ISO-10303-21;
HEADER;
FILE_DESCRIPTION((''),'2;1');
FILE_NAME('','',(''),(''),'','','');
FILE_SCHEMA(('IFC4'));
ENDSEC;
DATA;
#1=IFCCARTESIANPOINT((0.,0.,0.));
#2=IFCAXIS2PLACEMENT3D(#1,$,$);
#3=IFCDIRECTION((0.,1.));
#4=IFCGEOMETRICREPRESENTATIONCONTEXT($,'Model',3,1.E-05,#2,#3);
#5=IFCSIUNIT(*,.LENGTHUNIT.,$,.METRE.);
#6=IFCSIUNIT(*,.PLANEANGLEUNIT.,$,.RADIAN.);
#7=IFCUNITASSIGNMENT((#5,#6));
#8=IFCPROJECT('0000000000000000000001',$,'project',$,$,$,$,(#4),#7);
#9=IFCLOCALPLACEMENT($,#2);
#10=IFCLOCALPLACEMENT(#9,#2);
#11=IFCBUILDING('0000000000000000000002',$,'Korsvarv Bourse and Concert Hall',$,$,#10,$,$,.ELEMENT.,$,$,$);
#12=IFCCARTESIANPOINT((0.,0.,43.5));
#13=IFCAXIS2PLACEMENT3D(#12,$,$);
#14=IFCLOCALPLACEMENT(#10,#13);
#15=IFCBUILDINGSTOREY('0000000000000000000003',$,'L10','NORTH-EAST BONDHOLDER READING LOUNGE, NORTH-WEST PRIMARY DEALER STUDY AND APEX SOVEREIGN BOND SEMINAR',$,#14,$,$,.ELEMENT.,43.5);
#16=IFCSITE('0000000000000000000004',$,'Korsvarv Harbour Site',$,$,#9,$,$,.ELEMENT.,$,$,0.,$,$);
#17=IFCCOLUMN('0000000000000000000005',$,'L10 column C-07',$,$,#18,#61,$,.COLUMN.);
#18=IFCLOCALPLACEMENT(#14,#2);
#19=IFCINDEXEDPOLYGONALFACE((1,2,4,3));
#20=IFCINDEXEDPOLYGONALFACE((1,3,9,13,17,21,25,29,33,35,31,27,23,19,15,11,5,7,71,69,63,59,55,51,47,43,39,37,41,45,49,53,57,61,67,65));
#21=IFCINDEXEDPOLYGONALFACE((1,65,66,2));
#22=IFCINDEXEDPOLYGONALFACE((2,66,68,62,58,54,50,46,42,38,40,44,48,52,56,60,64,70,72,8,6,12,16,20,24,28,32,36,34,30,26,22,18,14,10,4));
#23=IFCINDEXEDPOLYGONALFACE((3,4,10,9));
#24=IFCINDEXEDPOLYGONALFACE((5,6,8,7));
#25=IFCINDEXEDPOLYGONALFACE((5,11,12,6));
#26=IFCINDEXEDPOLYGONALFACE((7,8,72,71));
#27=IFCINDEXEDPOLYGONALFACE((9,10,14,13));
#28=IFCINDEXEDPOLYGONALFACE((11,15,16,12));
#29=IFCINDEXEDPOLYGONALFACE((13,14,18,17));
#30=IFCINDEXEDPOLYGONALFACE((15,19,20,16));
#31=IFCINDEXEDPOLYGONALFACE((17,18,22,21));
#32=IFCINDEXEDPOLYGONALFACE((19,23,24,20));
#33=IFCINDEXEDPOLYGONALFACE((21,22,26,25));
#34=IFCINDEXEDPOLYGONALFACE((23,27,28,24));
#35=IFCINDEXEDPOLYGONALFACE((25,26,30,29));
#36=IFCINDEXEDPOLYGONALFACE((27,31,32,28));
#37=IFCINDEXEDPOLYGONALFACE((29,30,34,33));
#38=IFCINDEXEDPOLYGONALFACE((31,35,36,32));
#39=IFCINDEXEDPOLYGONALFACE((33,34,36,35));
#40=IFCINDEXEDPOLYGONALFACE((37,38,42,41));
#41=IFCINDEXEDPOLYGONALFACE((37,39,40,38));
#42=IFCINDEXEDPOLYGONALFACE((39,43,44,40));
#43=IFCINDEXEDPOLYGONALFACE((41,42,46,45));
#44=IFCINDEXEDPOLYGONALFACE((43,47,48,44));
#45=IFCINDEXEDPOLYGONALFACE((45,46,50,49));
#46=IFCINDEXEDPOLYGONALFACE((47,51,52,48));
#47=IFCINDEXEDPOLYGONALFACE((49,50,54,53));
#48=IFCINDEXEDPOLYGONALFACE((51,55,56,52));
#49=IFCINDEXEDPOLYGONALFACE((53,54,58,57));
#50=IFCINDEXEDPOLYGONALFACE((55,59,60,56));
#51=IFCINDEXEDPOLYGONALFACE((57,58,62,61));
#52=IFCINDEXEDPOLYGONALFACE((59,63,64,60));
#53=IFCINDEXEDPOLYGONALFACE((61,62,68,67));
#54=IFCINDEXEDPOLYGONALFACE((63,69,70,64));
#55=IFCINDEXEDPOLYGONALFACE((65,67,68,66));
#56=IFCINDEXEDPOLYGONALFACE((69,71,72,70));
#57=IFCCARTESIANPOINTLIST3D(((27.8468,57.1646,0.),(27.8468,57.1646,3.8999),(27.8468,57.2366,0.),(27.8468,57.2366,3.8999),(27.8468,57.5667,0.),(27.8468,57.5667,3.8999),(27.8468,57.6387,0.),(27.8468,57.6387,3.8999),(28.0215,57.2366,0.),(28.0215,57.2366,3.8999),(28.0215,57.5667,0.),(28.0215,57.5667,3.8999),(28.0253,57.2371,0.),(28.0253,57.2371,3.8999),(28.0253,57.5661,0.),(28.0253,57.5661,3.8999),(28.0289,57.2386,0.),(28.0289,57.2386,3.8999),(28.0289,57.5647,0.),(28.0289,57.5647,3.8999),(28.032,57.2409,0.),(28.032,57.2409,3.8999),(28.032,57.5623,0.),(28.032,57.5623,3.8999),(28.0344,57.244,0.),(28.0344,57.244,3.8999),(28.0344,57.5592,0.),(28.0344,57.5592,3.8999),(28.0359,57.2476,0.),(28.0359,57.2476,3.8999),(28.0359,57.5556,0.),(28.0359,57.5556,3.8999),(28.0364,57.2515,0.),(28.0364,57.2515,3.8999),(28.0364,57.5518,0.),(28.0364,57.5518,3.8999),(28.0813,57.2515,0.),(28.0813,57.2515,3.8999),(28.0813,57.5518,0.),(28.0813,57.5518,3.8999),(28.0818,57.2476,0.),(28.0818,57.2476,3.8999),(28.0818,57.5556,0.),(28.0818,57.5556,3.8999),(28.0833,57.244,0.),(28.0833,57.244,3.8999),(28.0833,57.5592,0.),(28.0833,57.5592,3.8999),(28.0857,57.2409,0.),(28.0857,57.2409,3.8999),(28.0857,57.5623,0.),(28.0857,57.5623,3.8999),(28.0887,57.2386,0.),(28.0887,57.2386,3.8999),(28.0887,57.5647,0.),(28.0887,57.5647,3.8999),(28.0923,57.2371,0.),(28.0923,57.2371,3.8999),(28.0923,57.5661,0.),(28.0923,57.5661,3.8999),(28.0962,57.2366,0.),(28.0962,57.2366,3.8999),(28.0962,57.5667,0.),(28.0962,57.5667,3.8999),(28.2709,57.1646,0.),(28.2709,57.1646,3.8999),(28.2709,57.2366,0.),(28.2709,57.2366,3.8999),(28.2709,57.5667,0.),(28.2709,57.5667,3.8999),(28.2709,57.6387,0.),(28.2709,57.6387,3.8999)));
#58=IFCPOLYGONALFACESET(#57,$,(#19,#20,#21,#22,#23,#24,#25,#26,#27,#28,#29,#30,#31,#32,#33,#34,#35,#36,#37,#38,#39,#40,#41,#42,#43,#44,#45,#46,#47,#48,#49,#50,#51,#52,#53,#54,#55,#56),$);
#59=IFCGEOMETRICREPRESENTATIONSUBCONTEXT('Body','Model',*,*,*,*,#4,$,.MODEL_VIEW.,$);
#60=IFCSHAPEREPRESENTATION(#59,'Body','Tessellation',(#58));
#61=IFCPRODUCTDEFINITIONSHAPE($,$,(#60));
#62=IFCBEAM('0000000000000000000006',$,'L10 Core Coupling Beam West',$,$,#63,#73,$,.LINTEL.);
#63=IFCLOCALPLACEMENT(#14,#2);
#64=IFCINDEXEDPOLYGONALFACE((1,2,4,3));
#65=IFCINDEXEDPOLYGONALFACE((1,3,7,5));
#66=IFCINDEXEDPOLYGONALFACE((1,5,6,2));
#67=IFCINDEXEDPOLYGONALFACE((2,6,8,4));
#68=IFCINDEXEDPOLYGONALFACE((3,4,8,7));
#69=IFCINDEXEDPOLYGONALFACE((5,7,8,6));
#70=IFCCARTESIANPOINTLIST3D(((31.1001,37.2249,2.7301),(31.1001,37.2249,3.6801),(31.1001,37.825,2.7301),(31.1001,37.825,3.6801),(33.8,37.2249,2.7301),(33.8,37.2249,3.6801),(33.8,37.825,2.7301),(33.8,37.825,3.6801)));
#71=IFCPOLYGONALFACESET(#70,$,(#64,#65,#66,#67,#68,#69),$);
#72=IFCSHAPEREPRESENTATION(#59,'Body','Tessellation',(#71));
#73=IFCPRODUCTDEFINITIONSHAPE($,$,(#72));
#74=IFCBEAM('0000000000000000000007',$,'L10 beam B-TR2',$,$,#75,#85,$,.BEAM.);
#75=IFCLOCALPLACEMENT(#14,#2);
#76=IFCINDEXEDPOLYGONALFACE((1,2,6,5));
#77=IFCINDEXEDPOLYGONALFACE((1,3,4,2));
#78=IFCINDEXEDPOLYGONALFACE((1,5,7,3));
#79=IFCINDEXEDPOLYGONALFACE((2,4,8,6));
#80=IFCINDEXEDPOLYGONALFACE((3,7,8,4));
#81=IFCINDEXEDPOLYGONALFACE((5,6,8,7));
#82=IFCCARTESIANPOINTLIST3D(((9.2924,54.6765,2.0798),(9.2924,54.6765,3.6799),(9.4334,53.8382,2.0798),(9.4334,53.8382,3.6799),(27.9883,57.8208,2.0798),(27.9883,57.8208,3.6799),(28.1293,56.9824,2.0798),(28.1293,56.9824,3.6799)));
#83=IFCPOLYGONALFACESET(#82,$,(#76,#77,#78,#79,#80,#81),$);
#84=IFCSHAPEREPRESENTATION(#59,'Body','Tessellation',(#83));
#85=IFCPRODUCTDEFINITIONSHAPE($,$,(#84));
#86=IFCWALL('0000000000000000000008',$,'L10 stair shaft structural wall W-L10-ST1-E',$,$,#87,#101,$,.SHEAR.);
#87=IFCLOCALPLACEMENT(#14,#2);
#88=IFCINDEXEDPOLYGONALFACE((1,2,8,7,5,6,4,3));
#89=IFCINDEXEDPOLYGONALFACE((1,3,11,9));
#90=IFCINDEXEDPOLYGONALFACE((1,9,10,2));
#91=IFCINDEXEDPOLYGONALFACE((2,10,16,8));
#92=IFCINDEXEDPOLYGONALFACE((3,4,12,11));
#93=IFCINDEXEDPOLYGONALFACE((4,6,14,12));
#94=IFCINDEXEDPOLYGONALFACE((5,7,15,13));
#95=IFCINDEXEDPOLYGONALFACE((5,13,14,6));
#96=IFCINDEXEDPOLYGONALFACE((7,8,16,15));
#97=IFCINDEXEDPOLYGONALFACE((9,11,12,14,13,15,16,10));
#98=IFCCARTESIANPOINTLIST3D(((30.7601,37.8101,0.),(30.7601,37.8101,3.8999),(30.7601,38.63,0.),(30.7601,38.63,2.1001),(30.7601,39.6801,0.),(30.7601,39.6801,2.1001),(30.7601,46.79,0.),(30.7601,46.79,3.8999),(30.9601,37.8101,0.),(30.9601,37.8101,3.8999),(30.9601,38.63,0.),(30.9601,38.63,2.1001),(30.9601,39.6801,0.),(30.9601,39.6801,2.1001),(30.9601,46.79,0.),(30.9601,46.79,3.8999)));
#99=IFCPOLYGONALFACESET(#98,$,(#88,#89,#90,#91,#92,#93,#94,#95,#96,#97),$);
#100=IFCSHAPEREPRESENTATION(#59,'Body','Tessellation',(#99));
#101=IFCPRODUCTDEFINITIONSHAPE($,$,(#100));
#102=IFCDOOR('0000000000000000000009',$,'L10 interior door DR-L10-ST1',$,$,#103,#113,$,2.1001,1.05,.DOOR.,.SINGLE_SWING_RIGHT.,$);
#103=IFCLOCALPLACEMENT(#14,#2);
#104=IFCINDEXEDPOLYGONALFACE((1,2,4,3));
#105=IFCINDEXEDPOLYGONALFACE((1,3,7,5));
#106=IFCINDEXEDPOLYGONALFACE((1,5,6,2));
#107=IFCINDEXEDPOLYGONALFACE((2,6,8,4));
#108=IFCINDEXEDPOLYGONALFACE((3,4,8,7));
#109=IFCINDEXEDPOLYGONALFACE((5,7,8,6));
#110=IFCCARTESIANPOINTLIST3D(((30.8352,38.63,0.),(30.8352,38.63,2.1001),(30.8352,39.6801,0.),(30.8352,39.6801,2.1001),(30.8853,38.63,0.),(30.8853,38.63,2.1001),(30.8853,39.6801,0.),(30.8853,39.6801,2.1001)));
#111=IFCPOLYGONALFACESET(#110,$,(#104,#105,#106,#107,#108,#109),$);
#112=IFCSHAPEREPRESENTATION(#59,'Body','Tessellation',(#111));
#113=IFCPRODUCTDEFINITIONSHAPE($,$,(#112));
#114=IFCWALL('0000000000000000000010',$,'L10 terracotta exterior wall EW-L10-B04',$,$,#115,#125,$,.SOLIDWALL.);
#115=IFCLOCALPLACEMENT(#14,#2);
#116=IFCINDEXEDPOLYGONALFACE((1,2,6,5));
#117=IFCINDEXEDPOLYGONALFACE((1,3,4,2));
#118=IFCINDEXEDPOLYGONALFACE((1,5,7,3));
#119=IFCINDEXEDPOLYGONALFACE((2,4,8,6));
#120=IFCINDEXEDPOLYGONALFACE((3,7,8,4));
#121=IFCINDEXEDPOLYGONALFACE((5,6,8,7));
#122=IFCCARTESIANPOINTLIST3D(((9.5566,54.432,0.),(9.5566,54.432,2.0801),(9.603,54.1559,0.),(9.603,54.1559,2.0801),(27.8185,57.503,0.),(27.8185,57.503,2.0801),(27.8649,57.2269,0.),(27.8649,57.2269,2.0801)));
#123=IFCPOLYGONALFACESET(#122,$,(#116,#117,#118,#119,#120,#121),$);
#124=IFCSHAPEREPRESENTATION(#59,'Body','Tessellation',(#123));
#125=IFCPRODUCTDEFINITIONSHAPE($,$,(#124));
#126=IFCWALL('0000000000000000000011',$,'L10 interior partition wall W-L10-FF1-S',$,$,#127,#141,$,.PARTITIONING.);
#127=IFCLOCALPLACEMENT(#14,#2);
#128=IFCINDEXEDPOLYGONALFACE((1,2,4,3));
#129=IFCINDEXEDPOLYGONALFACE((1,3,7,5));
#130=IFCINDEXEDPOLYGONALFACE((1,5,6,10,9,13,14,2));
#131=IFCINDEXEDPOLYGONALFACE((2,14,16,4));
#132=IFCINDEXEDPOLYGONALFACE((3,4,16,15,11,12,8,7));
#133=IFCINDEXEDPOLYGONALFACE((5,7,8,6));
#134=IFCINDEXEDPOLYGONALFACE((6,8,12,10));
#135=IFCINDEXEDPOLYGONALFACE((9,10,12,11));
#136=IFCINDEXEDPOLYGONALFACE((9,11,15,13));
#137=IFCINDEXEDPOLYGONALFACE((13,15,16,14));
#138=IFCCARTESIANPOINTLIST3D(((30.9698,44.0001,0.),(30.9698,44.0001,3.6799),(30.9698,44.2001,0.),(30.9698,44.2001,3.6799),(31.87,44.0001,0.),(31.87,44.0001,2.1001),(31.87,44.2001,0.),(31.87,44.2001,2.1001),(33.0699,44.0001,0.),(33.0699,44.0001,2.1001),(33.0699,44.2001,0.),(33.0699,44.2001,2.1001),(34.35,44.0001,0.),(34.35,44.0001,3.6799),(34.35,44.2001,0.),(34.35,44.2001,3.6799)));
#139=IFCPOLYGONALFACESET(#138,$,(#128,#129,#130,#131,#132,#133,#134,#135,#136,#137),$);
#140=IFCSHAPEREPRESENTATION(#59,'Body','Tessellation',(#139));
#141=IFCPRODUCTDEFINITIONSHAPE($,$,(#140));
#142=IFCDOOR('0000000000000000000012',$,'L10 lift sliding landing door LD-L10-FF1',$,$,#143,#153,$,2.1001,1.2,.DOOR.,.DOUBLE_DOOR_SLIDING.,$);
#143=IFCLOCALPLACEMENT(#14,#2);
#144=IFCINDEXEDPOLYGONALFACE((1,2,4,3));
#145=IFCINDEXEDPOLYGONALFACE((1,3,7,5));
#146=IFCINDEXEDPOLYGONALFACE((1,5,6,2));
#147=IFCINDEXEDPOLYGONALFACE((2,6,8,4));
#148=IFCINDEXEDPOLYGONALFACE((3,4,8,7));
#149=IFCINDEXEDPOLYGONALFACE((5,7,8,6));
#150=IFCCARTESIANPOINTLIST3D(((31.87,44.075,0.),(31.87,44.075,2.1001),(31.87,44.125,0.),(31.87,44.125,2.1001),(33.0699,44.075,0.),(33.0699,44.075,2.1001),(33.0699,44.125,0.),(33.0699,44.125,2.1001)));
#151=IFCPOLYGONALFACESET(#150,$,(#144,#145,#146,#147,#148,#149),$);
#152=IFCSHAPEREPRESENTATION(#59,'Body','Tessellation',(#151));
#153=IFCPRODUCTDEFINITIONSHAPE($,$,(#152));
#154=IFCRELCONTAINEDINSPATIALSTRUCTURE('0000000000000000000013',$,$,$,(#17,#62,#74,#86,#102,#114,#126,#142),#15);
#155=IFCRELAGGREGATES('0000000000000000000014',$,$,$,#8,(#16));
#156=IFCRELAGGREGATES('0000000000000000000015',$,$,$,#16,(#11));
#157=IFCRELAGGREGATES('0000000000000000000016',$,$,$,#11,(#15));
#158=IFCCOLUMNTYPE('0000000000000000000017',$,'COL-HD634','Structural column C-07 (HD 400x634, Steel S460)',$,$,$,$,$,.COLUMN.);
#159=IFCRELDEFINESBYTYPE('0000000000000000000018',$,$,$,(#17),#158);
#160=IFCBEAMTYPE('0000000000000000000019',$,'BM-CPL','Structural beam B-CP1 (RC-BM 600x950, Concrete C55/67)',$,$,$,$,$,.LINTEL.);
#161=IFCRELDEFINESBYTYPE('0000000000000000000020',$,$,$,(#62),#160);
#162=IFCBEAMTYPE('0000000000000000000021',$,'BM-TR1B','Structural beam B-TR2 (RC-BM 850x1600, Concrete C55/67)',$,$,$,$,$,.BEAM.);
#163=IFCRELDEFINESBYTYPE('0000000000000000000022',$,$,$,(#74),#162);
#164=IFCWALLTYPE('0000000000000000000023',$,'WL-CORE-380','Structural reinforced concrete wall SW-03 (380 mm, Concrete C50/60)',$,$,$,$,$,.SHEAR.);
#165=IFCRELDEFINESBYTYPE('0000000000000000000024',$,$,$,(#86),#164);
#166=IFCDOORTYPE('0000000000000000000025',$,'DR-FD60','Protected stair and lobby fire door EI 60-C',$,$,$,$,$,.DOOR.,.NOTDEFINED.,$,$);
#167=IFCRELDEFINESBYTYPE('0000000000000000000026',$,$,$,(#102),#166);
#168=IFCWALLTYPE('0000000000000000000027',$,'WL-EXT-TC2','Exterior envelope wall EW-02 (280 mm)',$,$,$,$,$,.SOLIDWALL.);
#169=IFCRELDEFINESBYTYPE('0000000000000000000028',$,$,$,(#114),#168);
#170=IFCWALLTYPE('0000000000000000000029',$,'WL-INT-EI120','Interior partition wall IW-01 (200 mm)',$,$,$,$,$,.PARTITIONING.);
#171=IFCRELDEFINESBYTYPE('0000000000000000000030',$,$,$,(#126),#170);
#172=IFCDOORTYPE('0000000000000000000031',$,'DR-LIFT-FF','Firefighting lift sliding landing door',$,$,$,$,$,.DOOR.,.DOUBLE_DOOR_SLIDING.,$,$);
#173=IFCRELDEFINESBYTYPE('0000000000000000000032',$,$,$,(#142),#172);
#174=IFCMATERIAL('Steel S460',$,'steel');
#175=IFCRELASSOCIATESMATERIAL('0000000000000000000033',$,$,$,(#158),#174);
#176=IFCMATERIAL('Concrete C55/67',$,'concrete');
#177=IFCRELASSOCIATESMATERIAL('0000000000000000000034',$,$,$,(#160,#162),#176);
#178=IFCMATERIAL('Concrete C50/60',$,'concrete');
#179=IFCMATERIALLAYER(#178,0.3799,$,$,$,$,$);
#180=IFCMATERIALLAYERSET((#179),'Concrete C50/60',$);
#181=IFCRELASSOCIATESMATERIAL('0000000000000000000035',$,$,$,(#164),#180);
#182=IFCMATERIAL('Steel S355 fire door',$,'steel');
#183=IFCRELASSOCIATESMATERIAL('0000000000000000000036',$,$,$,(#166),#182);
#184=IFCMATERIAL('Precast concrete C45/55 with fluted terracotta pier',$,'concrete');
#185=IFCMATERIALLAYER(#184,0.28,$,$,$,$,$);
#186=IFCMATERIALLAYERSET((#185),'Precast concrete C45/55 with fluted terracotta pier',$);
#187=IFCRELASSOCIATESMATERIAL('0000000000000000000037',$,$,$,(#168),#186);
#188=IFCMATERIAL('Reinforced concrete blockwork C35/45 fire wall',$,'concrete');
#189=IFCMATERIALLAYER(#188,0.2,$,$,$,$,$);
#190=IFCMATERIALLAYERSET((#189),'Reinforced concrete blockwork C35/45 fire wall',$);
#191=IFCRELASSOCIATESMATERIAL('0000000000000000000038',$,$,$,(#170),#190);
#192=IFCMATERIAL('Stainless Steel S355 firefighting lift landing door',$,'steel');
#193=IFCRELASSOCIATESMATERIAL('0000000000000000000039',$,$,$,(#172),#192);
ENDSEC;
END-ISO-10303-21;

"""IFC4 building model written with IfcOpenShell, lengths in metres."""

from ifc_helpers import new_model, si_unit, direction, frame, frame_2d, origin, origin_2d, place, context, subcontext, project, spatial, rectangle, i_section, extrude, source, transform, mapped, material, layer, layer_set, material_profile, profile_set, type_object, element, fill, save


model = new_model("IFC4")

# Units and contexts
model_context = context("Model", 3, precision=1e-05, world=origin(), true_north=direction((0.0, 1.0)))
body_context = subcontext(model_context, "Body", "Model", "MODEL_VIEW")
ifc_project = project(units=[si_unit("LENGTHUNIT", "METRE"), si_unit("PLANEANGLEUNIT", "RADIAN")], contexts=[model_context])

# Site, building, storey
site_placement = place(None, origin())
site = spatial("IfcSite", under=ifc_project, at=site_placement, Name="Korsvarv Harbour Site", CompositionType="ELEMENT", RefElevation=0.0)
building_placement = place(site_placement, origin())
building = spatial("IfcBuilding", under=site, at=building_placement, Name="Korsvarv Bourse and Concert Hall", CompositionType="ELEMENT")
storey_placement = place(building_placement, frame((0.0, 0.0, 43.5)))
storey = spatial("IfcBuildingStorey", under=building, at=storey_placement, Name="L10", Description="NORTH-EAST BONDHOLDER READING LOUNGE, NORTH-WEST PRIMARY DEALER STUDY AND APEX SOVEREIGN BOND SEMINAR", CompositionType="ELEMENT", Elevation=43.5)

# Column
ifc_material_1 = material(Name="Steel S460", Category="steel")
ifc_material_profile_1 = material_profile(ifc_material_1, i_section(OverallWidth=0.4241, OverallDepth=0.4741, WebThickness=0.0449, FlangeThickness=0.072, FilletRadius=0.0149, at=origin_2d()), Name="HD 400x634")
ifc_profile_set_1 = profile_set([ifc_material_profile_1], Name="Steel S460")
column_type = type_object("IfcColumnType", Name="COL-HD634", Description="Structural column C-07 (HD 400x634, Steel S460)", PredefinedType="COLUMN", material=ifc_profile_set_1)
shared_shape_1 = source(origin(), body_context, "Body", "SweptSolid", [
    extrude(i_section(OverallWidth=0.4241, OverallDepth=0.4741, WebThickness=0.0449, FlangeThickness=0.072, FilletRadius=0.0149, at=origin_2d()), origin(), (0.0, 0.0, 1.0), 3.8999),
])
column_placement = place(storey_placement, frame((28.0588, 57.4016, 0.0), z_axis=(0.0, 0.0, 1.0), x_axis=(1.0, 0.0, 0.0)))
element("IfcColumn", 1, at=column_placement, inside=storey, type_object=column_type, Name="L10 column C-07", PredefinedType="COLUMN", context=body_context, shape_type="MappedRepresentation", body=[
    mapped(shared_shape_1, transform((0.0, 0.0, 0.0), scale=1.0)),
])

# Beams
ifc_material_2 = material(Name="Concrete C55/67", Category="concrete")
ifc_material_profile_2 = material_profile(ifc_material_2, rectangle(XDim=0.6001, YDim=0.95, at=origin_2d()), Name="RC-BM 600x950")
ifc_profile_set_2 = profile_set([ifc_material_profile_2], Name="Concrete C55/67")
beam_type_1 = type_object("IfcBeamType", Name="BM-CPL", Description="Structural beam B-CP1 (RC-BM 600x950, Concrete C55/67)", PredefinedType="LINTEL", material=ifc_profile_set_2)
shared_shape_2 = source(origin(), body_context, "Body", "SweptSolid", [
    extrude(rectangle(XDim=0.6001, YDim=0.95, at=origin_2d()), origin(), (0.0, 0.0, 1.0), 2.7),
])
beam_1_placement = place(storey_placement, frame((31.1001, 37.5249, 3.2051), z_axis=(1.0, 0.0, 0.0), x_axis=(0.0, 1.0, 0.0)))
element("IfcBeam", 2, at=beam_1_placement, inside=storey, type_object=beam_type_1, Name="L10 Core Coupling Beam West", PredefinedType="LINTEL", context=body_context, shape_type="MappedRepresentation", body=[
    mapped(shared_shape_2, transform((0.0, 0.0, 0.0), scale=1.0)),
])
ifc_material_profile_3 = material_profile(ifc_material_2, rectangle(XDim=0.8501, YDim=1.6001, at=origin_2d()), Name="RC-BM 850x1600")
ifc_profile_set_3 = profile_set([ifc_material_profile_3], Name="Concrete C55/67")
beam_type_2 = type_object("IfcBeamType", Name="BM-TR1B", Description="Structural beam B-TR2 (RC-BM 850x1600, Concrete C55/67)", PredefinedType="BEAM", material=ifc_profile_set_3)
shared_shape_3 = source(origin(), body_context, "Body", "SweptSolid", [
    extrude(rectangle(XDim=0.8501, YDim=1.6001, at=origin_2d()), origin(), (0.0, 0.0, 1.0), 18.9585),
])
beam_2_placement = place(storey_placement, frame((28.0588, 57.4016, 2.8799), z_axis=(-0.986151, -0.16585, 0.0), x_axis=(0.16585, -0.986151, 0.0)))
element("IfcBeam", 3, at=beam_2_placement, inside=storey, type_object=beam_type_2, Name="L10 beam B-TR2", PredefinedType="BEAM", context=body_context, shape_type="MappedRepresentation", body=[
    mapped(shared_shape_3, transform((0.0, 0.0, 0.0), scale=1.0)),
])

# Wall, opening, door
ifc_material_3 = material(Name="Concrete C50/60", Category="concrete")
ifc_layer_1 = layer(ifc_material_3, 0.3799)
ifc_layer_set_1 = layer_set([ifc_layer_1], Name="Concrete C50/60")
wall_type_1 = type_object("IfcWallType", Name="WL-CORE-380", Description="Structural reinforced concrete wall SW-03 (380 mm, Concrete C50/60)", PredefinedType="SHEAR", material=ifc_layer_set_1)
wall_1_placement = place(storey_placement, frame((30.8601, 37.8101, 0.0), z_axis=(0.0, 0.0, 1.0), x_axis=(0.0, 1.0, 0.0)))
wall_1 = element("IfcWall", 4, at=wall_1_placement, inside=storey, type_object=wall_type_1, Name="L10 stair shaft structural wall W-L10-ST1-E", PredefinedType="SHEAR", context=body_context, shape_type="SweptSolid", body=[
    extrude(rectangle(XDim=8.98, YDim=0.2, at=frame_2d((4.49, 0.0))), origin(), (0.0, 0.0, 1.0), 3.8999),
])
opening_1_placement = place(wall_1_placement, frame((0.8201, 0.0, 0.0)))
opening_1 = element("IfcOpeningElement", 5, at=opening_1_placement, cuts=wall_1, PredefinedType="OPENING", context=body_context, shape_type="SweptSolid", body=[
    extrude(rectangle(XDim=1.05, YDim=2.1001, at=frame_2d((0.5249, 1.05))), frame((0.0, 0.1099, 0.0), z_axis=(0.0, -1.0, 0.0), x_axis=(1.0, 0.0, 0.0)), (0.0, 0.0, 1.0), 0.22),
])
ifc_material_4 = material(Name="Steel S355 fire door", Category="steel")
door_type_1 = type_object("IfcDoorType", Name="DR-FD60", Description="Protected stair and lobby fire door EI 60-C", OperationType="NOTDEFINED", PredefinedType="DOOR", material=ifc_material_4)
door_1_placement = place(opening_1_placement, origin())
door_1 = element("IfcDoor", 6, at=door_1_placement, inside=storey, type_object=door_type_1, Name="L10 interior door DR-L10-ST1", OperationType="SINGLE_SWING_RIGHT", OverallHeight=2.1001, OverallWidth=1.05, PredefinedType="DOOR", context=body_context, shape_type="SweptSolid", body=[
    extrude(rectangle(XDim=1.05, YDim=2.1001, at=frame_2d((0.5249, 1.05))), frame((0.0, 0.0249, 0.0), z_axis=(0.0, -1.0, 0.0), x_axis=(1.0, 0.0, 0.0)), (0.0, 0.0, 1.0), 0.05),
])
fill(opening_1, door_1)

# Wall
ifc_material_5 = material(Name="Precast concrete C45/55 with fluted terracotta pier", Category="concrete")
ifc_layer_2 = layer(ifc_material_5, 0.28)
ifc_layer_set_2 = layer_set([ifc_layer_2], Name="Precast concrete C45/55 with fluted terracotta pier")
wall_type_2 = type_object("IfcWallType", Name="WL-EXT-TC2", Description="Exterior envelope wall EW-02 (280 mm)", PredefinedType="SOLIDWALL", material=ifc_layer_set_2)
wall_2_placement = place(storey_placement, frame((27.8418, 57.365, 0.0), z_axis=(0.0, 0.0, 1.0), x_axis=(-0.986153, -0.165838, 0.0)))
element("IfcWall", 7, at=wall_2_placement, inside=storey, type_object=wall_type_2, Name="L10 terracotta exterior wall EW-L10-B04", PredefinedType="SOLIDWALL", context=body_context, shape_type="SweptSolid", body=[
    extrude(rectangle(XDim=18.5183, YDim=0.28, at=frame_2d((9.2593, 0.0))), origin(), (0.0, 0.0, 1.0), 2.0801),
])

# Wall, opening, door
ifc_material_6 = material(Name="Reinforced concrete blockwork C35/45 fire wall", Category="concrete")
ifc_layer_3 = layer(ifc_material_6, 0.2)
ifc_layer_set_3 = layer_set([ifc_layer_3], Name="Reinforced concrete blockwork C35/45 fire wall")
wall_type_3 = type_object("IfcWallType", Name="WL-INT-EI120", Description="Interior partition wall IW-01 (200 mm)", PredefinedType="PARTITIONING", material=ifc_layer_set_3)
wall_3_placement = place(storey_placement, frame((30.97, 44.1001, 0.0), z_axis=(0.0, 0.0, 1.0), x_axis=(1.0, 0.0, 0.0)))
wall_3 = element("IfcWall", 8, at=wall_3_placement, inside=storey, type_object=wall_type_3, Name="L10 interior partition wall W-L10-FF1-S", PredefinedType="PARTITIONING", context=body_context, shape_type="SweptSolid", body=[
    extrude(rectangle(XDim=3.3801, YDim=0.2, at=frame_2d((1.6899, 0.0))), origin(), (0.0, 0.0, 1.0), 3.6799),
])
opening_2_placement = place(wall_3_placement, frame((0.8999, 0.0, 0.0)))
opening_2 = element("IfcOpeningElement", 9, at=opening_2_placement, cuts=wall_3, PredefinedType="OPENING", context=body_context, shape_type="SweptSolid", body=[
    extrude(rectangle(XDim=1.2, YDim=2.1001, at=frame_2d((0.6001, 1.05))), frame((0.0, 0.1099, 0.0), z_axis=(0.0, -1.0, 0.0), x_axis=(1.0, 0.0, 0.0)), (0.0, 0.0, 1.0), 0.22),
])
ifc_material_7 = material(Name="Stainless Steel S355 firefighting lift landing door", Category="steel")
door_type_2 = type_object("IfcDoorType", Name="DR-LIFT-FF", Description="Firefighting lift sliding landing door", OperationType="DOUBLE_DOOR_SLIDING", PredefinedType="DOOR", material=ifc_material_7)
door_2_placement = place(opening_2_placement, origin())
door_2 = element("IfcDoor", 10, at=door_2_placement, inside=storey, type_object=door_type_2, Name="L10 lift sliding landing door LD-L10-FF1", OperationType="DOUBLE_DOOR_SLIDING", OverallHeight=2.1001, OverallWidth=1.2, PredefinedType="DOOR", context=body_context, shape_type="SweptSolid", body=[
    extrude(rectangle(XDim=1.2, YDim=2.1001, at=frame_2d((0.6001, 1.05))), frame((0.0, 0.0249, 0.0), z_axis=(0.0, -1.0, 0.0), x_axis=(1.0, 0.0, 0.0)), (0.0, 0.0, 1.0), 0.05),
])
fill(opening_2, door_2)

save(model, "model.ifc")
